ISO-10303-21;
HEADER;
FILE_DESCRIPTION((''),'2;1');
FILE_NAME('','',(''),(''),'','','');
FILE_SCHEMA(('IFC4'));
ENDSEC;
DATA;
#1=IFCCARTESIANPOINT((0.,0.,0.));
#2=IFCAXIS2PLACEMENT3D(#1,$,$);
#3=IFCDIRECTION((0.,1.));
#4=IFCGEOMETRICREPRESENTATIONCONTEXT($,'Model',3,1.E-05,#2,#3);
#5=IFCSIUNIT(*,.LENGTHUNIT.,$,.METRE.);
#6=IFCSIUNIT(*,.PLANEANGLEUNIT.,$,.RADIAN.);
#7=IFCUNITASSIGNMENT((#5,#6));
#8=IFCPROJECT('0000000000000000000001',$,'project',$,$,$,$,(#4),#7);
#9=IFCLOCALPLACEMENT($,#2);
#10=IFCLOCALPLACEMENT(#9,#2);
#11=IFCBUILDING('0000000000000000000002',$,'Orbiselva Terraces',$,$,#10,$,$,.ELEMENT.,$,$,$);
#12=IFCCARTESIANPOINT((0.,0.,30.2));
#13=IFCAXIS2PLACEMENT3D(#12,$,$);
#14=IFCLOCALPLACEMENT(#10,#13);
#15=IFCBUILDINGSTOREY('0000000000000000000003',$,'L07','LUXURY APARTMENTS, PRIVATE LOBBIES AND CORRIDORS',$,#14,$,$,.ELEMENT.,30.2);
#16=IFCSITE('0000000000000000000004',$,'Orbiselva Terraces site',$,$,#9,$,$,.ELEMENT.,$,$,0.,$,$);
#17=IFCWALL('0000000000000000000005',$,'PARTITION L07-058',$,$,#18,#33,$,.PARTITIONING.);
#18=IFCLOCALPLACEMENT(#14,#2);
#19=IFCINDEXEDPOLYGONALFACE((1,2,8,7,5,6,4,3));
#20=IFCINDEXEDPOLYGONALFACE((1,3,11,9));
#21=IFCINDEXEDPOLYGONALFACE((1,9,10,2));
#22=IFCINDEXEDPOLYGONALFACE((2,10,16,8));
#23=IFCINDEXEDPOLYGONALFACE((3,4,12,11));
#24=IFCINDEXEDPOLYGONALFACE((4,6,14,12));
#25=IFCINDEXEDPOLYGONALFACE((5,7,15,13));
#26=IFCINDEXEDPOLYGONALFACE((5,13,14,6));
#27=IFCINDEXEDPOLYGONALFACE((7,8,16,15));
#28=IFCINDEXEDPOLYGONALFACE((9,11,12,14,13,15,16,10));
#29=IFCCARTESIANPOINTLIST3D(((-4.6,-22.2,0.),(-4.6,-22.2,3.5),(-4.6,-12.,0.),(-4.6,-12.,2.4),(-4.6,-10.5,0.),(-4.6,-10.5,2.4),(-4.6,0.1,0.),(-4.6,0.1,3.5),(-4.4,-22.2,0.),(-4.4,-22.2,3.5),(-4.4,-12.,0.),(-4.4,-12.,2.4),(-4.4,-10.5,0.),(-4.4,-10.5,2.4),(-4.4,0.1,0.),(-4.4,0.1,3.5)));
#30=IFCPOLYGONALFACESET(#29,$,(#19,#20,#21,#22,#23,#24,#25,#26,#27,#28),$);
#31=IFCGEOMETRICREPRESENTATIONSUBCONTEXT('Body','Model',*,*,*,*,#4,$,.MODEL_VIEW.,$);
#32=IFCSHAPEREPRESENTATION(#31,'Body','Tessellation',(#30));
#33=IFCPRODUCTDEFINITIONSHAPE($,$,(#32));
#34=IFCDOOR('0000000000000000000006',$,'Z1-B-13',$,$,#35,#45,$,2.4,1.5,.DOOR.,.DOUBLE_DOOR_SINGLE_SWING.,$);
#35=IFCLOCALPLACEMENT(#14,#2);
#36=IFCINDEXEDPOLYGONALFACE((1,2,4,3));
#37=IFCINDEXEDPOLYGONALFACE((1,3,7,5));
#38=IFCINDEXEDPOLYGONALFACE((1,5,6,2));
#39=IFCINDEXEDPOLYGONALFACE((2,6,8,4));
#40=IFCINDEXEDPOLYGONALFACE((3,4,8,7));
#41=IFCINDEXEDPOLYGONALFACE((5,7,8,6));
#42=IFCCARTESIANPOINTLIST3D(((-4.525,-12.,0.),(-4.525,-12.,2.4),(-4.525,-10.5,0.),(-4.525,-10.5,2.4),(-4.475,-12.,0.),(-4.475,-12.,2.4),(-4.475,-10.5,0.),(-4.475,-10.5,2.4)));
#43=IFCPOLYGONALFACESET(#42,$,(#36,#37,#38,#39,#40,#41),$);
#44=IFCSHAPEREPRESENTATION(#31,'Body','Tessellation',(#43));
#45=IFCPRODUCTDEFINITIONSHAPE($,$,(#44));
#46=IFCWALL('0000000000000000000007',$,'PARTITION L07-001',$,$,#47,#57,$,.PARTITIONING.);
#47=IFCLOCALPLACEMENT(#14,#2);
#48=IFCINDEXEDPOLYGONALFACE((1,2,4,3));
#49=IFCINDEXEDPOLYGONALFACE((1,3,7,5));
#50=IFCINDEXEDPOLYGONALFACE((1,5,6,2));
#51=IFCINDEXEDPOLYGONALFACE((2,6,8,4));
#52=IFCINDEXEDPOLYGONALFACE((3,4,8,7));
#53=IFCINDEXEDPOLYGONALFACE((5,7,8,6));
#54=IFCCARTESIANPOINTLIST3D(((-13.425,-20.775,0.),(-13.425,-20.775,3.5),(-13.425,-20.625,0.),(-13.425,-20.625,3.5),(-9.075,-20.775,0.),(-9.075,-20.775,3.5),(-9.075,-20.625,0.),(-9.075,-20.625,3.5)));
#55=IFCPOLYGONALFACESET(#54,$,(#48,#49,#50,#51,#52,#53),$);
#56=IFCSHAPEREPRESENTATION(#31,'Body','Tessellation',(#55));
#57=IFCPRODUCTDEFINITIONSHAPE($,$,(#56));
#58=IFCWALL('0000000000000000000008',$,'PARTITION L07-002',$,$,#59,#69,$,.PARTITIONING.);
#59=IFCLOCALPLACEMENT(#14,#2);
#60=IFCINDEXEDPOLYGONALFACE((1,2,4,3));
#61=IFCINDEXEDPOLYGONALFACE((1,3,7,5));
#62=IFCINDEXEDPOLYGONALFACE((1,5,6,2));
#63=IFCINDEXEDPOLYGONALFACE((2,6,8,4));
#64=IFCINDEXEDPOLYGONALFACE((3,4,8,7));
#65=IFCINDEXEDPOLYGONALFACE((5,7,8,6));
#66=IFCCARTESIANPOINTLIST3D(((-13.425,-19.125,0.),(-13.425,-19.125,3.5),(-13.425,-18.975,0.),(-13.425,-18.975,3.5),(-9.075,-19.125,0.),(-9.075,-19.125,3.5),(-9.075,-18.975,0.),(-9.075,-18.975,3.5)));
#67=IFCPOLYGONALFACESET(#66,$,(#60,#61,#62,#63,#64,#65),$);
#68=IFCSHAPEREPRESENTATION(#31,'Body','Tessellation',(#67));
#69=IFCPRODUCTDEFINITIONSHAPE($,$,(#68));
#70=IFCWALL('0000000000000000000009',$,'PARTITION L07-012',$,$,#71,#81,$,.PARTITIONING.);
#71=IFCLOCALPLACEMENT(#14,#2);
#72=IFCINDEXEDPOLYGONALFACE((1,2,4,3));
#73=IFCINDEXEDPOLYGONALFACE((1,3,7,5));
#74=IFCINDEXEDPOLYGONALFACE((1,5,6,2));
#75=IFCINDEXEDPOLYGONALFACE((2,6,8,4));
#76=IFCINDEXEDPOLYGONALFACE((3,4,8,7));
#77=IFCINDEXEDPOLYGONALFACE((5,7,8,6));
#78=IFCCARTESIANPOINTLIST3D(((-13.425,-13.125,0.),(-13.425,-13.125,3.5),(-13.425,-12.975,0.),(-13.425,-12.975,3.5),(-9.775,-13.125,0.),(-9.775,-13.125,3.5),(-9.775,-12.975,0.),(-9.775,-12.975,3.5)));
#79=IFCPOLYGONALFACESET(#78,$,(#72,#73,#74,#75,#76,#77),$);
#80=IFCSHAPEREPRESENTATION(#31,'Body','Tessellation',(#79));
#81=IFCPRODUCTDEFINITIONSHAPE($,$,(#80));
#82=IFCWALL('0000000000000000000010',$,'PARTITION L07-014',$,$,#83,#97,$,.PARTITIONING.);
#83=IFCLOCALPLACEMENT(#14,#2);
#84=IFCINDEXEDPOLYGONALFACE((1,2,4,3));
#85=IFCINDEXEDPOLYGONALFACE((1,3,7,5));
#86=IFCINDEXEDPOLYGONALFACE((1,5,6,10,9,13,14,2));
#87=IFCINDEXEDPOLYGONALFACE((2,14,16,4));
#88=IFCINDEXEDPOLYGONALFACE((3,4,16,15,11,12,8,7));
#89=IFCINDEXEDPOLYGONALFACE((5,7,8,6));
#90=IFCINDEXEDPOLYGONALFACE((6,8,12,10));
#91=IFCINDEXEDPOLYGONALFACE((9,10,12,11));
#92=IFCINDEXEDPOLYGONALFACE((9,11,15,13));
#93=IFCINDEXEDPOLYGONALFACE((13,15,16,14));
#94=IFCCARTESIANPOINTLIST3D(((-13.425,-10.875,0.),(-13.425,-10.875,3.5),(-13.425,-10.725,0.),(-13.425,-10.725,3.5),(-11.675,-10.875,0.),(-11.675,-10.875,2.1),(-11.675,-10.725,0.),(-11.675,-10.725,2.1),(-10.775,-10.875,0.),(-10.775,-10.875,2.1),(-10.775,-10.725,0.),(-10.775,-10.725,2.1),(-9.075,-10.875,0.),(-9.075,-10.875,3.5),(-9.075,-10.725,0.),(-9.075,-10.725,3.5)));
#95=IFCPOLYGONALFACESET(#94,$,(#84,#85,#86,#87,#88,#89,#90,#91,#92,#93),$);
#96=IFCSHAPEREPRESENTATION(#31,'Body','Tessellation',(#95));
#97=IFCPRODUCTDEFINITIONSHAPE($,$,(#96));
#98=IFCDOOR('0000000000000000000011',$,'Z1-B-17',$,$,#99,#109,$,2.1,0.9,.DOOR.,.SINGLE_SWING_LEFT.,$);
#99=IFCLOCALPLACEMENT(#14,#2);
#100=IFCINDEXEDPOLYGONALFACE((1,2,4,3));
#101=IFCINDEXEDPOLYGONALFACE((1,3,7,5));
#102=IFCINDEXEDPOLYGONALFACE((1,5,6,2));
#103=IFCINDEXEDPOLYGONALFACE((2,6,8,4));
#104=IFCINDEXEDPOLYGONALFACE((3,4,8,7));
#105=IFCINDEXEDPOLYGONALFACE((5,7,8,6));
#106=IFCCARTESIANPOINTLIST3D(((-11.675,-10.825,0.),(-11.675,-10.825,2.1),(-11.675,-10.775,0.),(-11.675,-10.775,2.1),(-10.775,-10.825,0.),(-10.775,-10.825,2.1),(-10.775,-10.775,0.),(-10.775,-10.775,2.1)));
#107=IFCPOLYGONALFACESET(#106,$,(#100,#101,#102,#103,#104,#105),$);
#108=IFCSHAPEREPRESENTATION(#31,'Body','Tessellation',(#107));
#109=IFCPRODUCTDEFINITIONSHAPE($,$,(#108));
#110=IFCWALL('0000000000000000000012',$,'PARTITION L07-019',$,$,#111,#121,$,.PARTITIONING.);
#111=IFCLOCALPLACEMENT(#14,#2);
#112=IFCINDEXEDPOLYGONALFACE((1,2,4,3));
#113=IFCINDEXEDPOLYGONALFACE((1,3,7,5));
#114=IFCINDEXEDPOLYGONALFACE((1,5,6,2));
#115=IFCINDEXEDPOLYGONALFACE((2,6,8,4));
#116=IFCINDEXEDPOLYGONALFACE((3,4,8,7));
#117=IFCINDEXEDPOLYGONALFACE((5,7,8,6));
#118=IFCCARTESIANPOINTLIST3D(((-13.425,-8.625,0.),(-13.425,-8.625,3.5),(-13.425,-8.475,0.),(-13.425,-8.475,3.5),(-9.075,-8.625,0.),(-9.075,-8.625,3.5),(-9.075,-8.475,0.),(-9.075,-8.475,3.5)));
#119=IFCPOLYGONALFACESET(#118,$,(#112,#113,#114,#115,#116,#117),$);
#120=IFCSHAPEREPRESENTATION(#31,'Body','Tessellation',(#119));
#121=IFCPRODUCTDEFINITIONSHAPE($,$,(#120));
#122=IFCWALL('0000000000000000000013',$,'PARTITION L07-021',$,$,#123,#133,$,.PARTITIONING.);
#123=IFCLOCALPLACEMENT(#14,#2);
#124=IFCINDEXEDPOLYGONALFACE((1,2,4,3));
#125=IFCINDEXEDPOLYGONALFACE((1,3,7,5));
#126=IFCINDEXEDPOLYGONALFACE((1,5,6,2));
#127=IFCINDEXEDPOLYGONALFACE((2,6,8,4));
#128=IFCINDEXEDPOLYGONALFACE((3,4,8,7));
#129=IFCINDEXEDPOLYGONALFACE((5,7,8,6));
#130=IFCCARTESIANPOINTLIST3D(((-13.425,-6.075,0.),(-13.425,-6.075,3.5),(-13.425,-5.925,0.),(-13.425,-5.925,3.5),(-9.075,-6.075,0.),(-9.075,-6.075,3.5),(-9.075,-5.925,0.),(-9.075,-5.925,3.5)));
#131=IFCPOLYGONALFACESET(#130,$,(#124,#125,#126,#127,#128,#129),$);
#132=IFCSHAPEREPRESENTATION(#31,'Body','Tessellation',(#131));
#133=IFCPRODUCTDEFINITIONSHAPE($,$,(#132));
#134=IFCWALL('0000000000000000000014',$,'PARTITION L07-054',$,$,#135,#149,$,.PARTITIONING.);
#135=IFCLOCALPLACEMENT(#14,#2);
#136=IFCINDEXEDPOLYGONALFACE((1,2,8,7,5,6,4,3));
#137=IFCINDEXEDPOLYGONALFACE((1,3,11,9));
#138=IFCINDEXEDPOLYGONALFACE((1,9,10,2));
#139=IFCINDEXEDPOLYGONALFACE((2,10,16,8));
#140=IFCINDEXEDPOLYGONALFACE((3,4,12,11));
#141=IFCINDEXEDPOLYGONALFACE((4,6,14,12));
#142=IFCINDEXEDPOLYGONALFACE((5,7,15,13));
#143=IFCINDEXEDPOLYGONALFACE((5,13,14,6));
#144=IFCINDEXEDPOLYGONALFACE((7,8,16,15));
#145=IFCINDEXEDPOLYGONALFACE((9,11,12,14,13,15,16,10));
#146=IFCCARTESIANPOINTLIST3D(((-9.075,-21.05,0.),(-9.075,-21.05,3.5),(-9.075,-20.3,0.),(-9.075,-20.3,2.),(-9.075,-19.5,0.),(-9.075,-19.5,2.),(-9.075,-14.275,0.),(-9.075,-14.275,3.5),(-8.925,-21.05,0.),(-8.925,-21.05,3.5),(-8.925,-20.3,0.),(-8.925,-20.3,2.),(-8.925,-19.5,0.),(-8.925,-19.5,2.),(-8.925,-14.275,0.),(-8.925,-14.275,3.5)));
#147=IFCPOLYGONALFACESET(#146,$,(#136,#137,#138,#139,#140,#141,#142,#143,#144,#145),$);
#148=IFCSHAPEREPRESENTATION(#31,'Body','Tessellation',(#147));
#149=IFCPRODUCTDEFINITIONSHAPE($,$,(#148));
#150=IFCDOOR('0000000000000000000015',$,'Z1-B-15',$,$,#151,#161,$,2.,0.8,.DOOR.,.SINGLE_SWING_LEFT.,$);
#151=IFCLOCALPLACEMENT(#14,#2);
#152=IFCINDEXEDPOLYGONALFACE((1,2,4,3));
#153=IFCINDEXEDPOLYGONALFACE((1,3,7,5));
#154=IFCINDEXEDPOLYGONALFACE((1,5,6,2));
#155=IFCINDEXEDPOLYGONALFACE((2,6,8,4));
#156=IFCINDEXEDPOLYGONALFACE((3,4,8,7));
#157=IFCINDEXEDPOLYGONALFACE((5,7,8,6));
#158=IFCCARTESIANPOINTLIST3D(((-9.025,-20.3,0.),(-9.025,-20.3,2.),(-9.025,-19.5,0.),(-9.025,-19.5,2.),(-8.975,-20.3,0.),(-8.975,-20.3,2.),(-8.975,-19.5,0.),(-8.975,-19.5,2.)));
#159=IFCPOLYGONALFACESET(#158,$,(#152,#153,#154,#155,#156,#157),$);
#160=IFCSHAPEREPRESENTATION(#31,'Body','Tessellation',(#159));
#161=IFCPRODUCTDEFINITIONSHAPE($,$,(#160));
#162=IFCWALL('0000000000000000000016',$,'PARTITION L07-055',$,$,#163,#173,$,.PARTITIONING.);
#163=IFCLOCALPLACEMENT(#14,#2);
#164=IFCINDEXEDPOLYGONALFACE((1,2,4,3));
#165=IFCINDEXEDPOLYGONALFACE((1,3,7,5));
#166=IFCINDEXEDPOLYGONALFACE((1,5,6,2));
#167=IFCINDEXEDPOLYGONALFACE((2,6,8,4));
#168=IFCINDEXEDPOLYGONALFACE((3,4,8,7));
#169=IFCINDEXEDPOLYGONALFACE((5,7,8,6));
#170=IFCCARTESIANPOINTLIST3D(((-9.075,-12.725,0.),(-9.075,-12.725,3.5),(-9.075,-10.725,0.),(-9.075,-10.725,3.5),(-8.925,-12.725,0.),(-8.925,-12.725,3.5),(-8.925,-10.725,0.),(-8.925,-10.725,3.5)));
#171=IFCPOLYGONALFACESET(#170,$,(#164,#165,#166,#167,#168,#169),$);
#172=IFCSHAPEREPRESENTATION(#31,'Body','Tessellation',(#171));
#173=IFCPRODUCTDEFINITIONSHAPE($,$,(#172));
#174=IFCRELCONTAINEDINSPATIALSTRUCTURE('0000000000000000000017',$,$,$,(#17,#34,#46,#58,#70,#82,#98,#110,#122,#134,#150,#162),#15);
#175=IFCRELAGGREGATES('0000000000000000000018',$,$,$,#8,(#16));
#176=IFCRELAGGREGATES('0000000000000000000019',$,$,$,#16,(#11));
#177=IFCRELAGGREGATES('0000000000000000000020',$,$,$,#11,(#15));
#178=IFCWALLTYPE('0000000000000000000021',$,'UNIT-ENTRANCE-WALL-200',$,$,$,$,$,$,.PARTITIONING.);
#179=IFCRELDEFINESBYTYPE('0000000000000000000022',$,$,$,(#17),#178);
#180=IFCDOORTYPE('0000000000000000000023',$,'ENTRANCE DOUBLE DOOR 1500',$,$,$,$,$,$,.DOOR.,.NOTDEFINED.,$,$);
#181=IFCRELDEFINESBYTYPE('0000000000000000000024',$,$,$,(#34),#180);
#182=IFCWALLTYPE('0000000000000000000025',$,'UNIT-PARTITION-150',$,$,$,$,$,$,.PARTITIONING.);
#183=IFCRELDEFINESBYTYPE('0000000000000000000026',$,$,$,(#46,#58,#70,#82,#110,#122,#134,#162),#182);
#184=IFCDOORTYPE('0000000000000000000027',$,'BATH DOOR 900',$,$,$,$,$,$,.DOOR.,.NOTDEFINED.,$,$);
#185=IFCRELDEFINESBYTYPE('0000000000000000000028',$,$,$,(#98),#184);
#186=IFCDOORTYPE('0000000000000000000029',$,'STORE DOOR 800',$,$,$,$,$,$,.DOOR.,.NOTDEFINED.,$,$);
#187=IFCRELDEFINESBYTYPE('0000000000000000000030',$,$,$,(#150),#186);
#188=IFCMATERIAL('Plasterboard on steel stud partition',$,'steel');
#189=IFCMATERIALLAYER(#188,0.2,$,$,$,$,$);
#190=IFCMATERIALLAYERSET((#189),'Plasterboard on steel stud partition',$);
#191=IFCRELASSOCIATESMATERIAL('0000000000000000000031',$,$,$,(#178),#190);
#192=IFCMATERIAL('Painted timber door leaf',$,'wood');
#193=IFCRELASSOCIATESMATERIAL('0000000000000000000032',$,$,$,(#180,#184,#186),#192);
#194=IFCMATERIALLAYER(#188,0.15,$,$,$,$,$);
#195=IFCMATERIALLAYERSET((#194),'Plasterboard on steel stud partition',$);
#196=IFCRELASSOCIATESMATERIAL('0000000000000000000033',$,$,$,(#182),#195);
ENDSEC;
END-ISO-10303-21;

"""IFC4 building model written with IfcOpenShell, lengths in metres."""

from ifc_helpers import new_model, si_unit, direction, frame, frame_2d, origin, place, context, subcontext, project, spatial, rectangle, extrude, material, layer, layer_set, type_object, element, fill, save


model = new_model("IFC4")

# Units and contexts
model_context = context("Model", 3, precision=1e-05, world=origin(), true_north=direction((0.0, 1.0)))
body_context = subcontext(model_context, "Body", "Model", "MODEL_VIEW")
ifc_project = project(units=[si_unit("LENGTHUNIT", "METRE"), si_unit("PLANEANGLEUNIT", "RADIAN")], contexts=[model_context])

# Site, building, storey
site_placement = place(None, origin())
site = spatial("IfcSite", under=ifc_project, at=site_placement, Name="Orbiselva Terraces site", CompositionType="ELEMENT", RefElevation=0.0)
building_placement = place(site_placement, origin())
building = spatial("IfcBuilding", under=site, at=building_placement, Name="Orbiselva Terraces", CompositionType="ELEMENT")
storey_placement = place(building_placement, frame((0.0, 0.0, 30.2)))
storey = spatial("IfcBuildingStorey", under=building, at=storey_placement, Name="L07", Description="LUXURY APARTMENTS, PRIVATE LOBBIES AND CORRIDORS", CompositionType="ELEMENT", Elevation=30.2)

# Wall, opening, door
ifc_material_1 = material(Name="Plasterboard on steel stud partition", Category="steel")
ifc_layer_1 = layer(ifc_material_1, 0.2)
ifc_layer_set_1 = layer_set([ifc_layer_1], Name="Plasterboard on steel stud partition")
wall_type_1 = type_object("IfcWallType", Name="UNIT-ENTRANCE-WALL-200", PredefinedType="PARTITIONING", material=ifc_layer_set_1)
wall_1_placement = place(storey_placement, frame((-4.5, -22.2, 0.0), z_axis=(0.0, 0.0, 1.0), x_axis=(0.0, 1.0, 0.0)))
wall_1 = element("IfcWall", 1, at=wall_1_placement, inside=storey, type_object=wall_type_1, Name="PARTITION L07-058", PredefinedType="PARTITIONING", context=body_context, shape_type="SweptSolid", body=[
    extrude(rectangle(XDim=22.3, YDim=0.2, at=frame_2d((11.15, 0.0))), origin(), (0.0, 0.0, 1.0), 3.5),
])
opening_1_placement = place(wall_1_placement, frame((10.2, 0.0, 0.0)))
opening_1 = element("IfcOpeningElement", 2, at=opening_1_placement, cuts=wall_1, PredefinedType="OPENING", context=body_context, shape_type="SweptSolid", body=[
    extrude(rectangle(XDim=1.5, YDim=2.4, at=frame_2d((0.75, 1.2))), frame((0.0, 0.11, 0.0), z_axis=(0.0, -1.0, 0.0), x_axis=(1.0, 0.0, 0.0)), (0.0, 0.0, 1.0), 0.22),
])
ifc_material_2 = material(Name="Painted timber door leaf", Category="wood")
door_type_1 = type_object("IfcDoorType", Name="ENTRANCE DOUBLE DOOR 1500", OperationType="NOTDEFINED", PredefinedType="DOOR", material=ifc_material_2)
door_1_placement = place(opening_1_placement, origin())
door_1 = element("IfcDoor", 3, at=door_1_placement, inside=storey, type_object=door_type_1, Name="Z1-B-13", OperationType="DOUBLE_DOOR_SINGLE_SWING", OverallHeight=2.4, OverallWidth=1.5, PredefinedType="DOOR", context=body_context, shape_type="SweptSolid", body=[
    extrude(rectangle(XDim=1.5, YDim=2.4, at=frame_2d((0.75, 1.2))), frame((0.0, 0.025, 0.0), z_axis=(0.0, -1.0, 0.0), x_axis=(1.0, 0.0, 0.0)), (0.0, 0.0, 1.0), 0.05),
])
fill(opening_1, door_1)

# Walls
ifc_layer_2 = layer(ifc_material_1, 0.15)
ifc_layer_set_2 = layer_set([ifc_layer_2], Name="Plasterboard on steel stud partition")
wall_type_2 = type_object("IfcWallType", Name="UNIT-PARTITION-150", PredefinedType="PARTITIONING", material=ifc_layer_set_2)
for number, where, z_axis, x_axis, name in (
    (4, (-13.425, -20.7, 0.0), (0.0, 0.0, 1.0), (1.0, 0.0, 0.0), "PARTITION L07-001"),
    (5, (-13.425, -19.05, 0.0), (0.0, 0.0, 1.0), (1.0, 0.0, 0.0), "PARTITION L07-002"),
):
    element("IfcWall", number, at=place(storey_placement, frame(where, z_axis=z_axis, x_axis=x_axis)), inside=storey, type_object=wall_type_2, Name=name, PredefinedType="PARTITIONING", context=body_context, shape_type="SweptSolid", body=[
        extrude(rectangle(XDim=4.35, YDim=0.15, at=frame_2d((2.175, 0.0))), origin(), (0.0, 0.0, 1.0), 3.5),
    ])
wall_2_placement = place(storey_placement, frame((-13.425, -13.05, 0.0), z_axis=(0.0, 0.0, 1.0), x_axis=(1.0, 0.0, 0.0)))
element("IfcWall", 6, at=wall_2_placement, inside=storey, type_object=wall_type_2, Name="PARTITION L07-012", PredefinedType="PARTITIONING", context=body_context, shape_type="SweptSolid", body=[
    extrude(rectangle(XDim=3.65, YDim=0.15, at=frame_2d((1.825, 0.0))), origin(), (0.0, 0.0, 1.0), 3.5),
])

# Wall, opening, door
wall_3_placement = place(storey_placement, frame((-9.075, -10.8, 0.0), z_axis=(0.0, 0.0, 1.0), x_axis=(-1.0, 0.0, 0.0)))
wall_3 = element("IfcWall", 7, at=wall_3_placement, inside=storey, type_object=wall_type_2, Name="PARTITION L07-014", PredefinedType="PARTITIONING", context=body_context, shape_type="SweptSolid", body=[
    extrude(rectangle(XDim=4.35, YDim=0.15, at=frame_2d((2.175, 0.0))), origin(), (0.0, 0.0, 1.0), 3.5),
])
opening_2_placement = place(wall_3_placement, frame((1.7, 0.0, 0.0)))
opening_2 = element("IfcOpeningElement", 8, at=opening_2_placement, cuts=wall_3, PredefinedType="OPENING", context=body_context, shape_type="SweptSolid", body=[
    extrude(rectangle(XDim=0.9, YDim=2.1, at=frame_2d((0.45, 1.05))), frame((0.0, 0.085, 0.0), z_axis=(0.0, -1.0, 0.0), x_axis=(1.0, 0.0, 0.0)), (0.0, 0.0, 1.0), 0.17),
])
door_type_2 = type_object("IfcDoorType", Name="BATH DOOR 900", OperationType="NOTDEFINED", PredefinedType="DOOR", material=ifc_material_2)
door_2_placement = place(opening_2_placement, origin())
door_2 = element("IfcDoor", 9, at=door_2_placement, inside=storey, type_object=door_type_2, Name="Z1-B-17", OperationType="SINGLE_SWING_LEFT", OverallHeight=2.1, OverallWidth=0.9, PredefinedType="DOOR", context=body_context, shape_type="SweptSolid", body=[
    extrude(rectangle(XDim=0.9, YDim=2.1, at=frame_2d((0.45, 1.05))), frame((0.0, 0.025, 0.0), z_axis=(0.0, -1.0, 0.0), x_axis=(1.0, 0.0, 0.0)), (0.0, 0.0, 1.0), 0.05),
])
fill(opening_2, door_2)

# Walls
for number, where, z_axis, x_axis, name in (
    (10, (-13.425, -8.55, 0.0), (0.0, 0.0, 1.0), (1.0, 0.0, 0.0), "PARTITION L07-019"),
    (11, (-13.425, -6.0, 0.0), (0.0, 0.0, 1.0), (1.0, 0.0, 0.0), "PARTITION L07-021"),
):
    element("IfcWall", number, at=place(storey_placement, frame(where, z_axis=z_axis, x_axis=x_axis)), inside=storey, type_object=wall_type_2, Name=name, PredefinedType="PARTITIONING", context=body_context, shape_type="SweptSolid", body=[
        extrude(rectangle(XDim=4.35, YDim=0.15, at=frame_2d((2.175, 0.0))), origin(), (0.0, 0.0, 1.0), 3.5),
    ])

# Wall, opening, door
wall_4_placement = place(storey_placement, frame((-9.0, -21.05, 0.0), z_axis=(0.0, 0.0, 1.0), x_axis=(0.0, 1.0, 0.0)))
wall_4 = element("IfcWall", 12, at=wall_4_placement, inside=storey, type_object=wall_type_2, Name="PARTITION L07-054", PredefinedType="PARTITIONING", context=body_context, shape_type="SweptSolid", body=[
    extrude(rectangle(XDim=6.775, YDim=0.15, at=frame_2d((3.3875, 0.0))), origin(), (0.0, 0.0, 1.0), 3.5),
])
opening_3_placement = place(wall_4_placement, frame((0.75, 0.0, 0.0)))
opening_3 = element("IfcOpeningElement", 13, at=opening_3_placement, cuts=wall_4, PredefinedType="OPENING", context=body_context, shape_type="SweptSolid", body=[
    extrude(rectangle(XDim=0.8, YDim=2.0, at=frame_2d((0.4, 1.0))), frame((0.0, 0.085, 0.0), z_axis=(0.0, -1.0, 0.0), x_axis=(1.0, 0.0, 0.0)), (0.0, 0.0, 1.0), 0.17),
])
door_type_3 = type_object("IfcDoorType", Name="STORE DOOR 800", OperationType="NOTDEFINED", PredefinedType="DOOR", material=ifc_material_2)
door_3_placement = place(opening_3_placement, origin())
door_3 = element("IfcDoor", 14, at=door_3_placement, inside=storey, type_object=door_type_3, Name="Z1-B-15", OperationType="SINGLE_SWING_LEFT", OverallHeight=2.0, OverallWidth=0.8, PredefinedType="DOOR", context=body_context, shape_type="SweptSolid", body=[
    extrude(rectangle(XDim=0.8, YDim=2.0, at=frame_2d((0.4, 1.0))), frame((0.0, 0.025, 0.0), z_axis=(0.0, -1.0, 0.0), x_axis=(1.0, 0.0, 0.0)), (0.0, 0.0, 1.0), 0.05),
])
fill(opening_3, door_3)

# Wall
wall_5_placement = place(storey_placement, frame((-9.0, -12.725, 0.0), z_axis=(0.0, 0.0, 1.0), x_axis=(0.0, 1.0, 0.0)))
element("IfcWall", 15, at=wall_5_placement, inside=storey, type_object=wall_type_2, Name="PARTITION L07-055", PredefinedType="PARTITIONING", context=body_context, shape_type="SweptSolid", body=[
    extrude(rectangle(XDim=2.0, YDim=0.15, at=frame_2d((1.0, 0.0))), origin(), (0.0, 0.0, 1.0), 3.5),
])

save(model, "model.ifc")
